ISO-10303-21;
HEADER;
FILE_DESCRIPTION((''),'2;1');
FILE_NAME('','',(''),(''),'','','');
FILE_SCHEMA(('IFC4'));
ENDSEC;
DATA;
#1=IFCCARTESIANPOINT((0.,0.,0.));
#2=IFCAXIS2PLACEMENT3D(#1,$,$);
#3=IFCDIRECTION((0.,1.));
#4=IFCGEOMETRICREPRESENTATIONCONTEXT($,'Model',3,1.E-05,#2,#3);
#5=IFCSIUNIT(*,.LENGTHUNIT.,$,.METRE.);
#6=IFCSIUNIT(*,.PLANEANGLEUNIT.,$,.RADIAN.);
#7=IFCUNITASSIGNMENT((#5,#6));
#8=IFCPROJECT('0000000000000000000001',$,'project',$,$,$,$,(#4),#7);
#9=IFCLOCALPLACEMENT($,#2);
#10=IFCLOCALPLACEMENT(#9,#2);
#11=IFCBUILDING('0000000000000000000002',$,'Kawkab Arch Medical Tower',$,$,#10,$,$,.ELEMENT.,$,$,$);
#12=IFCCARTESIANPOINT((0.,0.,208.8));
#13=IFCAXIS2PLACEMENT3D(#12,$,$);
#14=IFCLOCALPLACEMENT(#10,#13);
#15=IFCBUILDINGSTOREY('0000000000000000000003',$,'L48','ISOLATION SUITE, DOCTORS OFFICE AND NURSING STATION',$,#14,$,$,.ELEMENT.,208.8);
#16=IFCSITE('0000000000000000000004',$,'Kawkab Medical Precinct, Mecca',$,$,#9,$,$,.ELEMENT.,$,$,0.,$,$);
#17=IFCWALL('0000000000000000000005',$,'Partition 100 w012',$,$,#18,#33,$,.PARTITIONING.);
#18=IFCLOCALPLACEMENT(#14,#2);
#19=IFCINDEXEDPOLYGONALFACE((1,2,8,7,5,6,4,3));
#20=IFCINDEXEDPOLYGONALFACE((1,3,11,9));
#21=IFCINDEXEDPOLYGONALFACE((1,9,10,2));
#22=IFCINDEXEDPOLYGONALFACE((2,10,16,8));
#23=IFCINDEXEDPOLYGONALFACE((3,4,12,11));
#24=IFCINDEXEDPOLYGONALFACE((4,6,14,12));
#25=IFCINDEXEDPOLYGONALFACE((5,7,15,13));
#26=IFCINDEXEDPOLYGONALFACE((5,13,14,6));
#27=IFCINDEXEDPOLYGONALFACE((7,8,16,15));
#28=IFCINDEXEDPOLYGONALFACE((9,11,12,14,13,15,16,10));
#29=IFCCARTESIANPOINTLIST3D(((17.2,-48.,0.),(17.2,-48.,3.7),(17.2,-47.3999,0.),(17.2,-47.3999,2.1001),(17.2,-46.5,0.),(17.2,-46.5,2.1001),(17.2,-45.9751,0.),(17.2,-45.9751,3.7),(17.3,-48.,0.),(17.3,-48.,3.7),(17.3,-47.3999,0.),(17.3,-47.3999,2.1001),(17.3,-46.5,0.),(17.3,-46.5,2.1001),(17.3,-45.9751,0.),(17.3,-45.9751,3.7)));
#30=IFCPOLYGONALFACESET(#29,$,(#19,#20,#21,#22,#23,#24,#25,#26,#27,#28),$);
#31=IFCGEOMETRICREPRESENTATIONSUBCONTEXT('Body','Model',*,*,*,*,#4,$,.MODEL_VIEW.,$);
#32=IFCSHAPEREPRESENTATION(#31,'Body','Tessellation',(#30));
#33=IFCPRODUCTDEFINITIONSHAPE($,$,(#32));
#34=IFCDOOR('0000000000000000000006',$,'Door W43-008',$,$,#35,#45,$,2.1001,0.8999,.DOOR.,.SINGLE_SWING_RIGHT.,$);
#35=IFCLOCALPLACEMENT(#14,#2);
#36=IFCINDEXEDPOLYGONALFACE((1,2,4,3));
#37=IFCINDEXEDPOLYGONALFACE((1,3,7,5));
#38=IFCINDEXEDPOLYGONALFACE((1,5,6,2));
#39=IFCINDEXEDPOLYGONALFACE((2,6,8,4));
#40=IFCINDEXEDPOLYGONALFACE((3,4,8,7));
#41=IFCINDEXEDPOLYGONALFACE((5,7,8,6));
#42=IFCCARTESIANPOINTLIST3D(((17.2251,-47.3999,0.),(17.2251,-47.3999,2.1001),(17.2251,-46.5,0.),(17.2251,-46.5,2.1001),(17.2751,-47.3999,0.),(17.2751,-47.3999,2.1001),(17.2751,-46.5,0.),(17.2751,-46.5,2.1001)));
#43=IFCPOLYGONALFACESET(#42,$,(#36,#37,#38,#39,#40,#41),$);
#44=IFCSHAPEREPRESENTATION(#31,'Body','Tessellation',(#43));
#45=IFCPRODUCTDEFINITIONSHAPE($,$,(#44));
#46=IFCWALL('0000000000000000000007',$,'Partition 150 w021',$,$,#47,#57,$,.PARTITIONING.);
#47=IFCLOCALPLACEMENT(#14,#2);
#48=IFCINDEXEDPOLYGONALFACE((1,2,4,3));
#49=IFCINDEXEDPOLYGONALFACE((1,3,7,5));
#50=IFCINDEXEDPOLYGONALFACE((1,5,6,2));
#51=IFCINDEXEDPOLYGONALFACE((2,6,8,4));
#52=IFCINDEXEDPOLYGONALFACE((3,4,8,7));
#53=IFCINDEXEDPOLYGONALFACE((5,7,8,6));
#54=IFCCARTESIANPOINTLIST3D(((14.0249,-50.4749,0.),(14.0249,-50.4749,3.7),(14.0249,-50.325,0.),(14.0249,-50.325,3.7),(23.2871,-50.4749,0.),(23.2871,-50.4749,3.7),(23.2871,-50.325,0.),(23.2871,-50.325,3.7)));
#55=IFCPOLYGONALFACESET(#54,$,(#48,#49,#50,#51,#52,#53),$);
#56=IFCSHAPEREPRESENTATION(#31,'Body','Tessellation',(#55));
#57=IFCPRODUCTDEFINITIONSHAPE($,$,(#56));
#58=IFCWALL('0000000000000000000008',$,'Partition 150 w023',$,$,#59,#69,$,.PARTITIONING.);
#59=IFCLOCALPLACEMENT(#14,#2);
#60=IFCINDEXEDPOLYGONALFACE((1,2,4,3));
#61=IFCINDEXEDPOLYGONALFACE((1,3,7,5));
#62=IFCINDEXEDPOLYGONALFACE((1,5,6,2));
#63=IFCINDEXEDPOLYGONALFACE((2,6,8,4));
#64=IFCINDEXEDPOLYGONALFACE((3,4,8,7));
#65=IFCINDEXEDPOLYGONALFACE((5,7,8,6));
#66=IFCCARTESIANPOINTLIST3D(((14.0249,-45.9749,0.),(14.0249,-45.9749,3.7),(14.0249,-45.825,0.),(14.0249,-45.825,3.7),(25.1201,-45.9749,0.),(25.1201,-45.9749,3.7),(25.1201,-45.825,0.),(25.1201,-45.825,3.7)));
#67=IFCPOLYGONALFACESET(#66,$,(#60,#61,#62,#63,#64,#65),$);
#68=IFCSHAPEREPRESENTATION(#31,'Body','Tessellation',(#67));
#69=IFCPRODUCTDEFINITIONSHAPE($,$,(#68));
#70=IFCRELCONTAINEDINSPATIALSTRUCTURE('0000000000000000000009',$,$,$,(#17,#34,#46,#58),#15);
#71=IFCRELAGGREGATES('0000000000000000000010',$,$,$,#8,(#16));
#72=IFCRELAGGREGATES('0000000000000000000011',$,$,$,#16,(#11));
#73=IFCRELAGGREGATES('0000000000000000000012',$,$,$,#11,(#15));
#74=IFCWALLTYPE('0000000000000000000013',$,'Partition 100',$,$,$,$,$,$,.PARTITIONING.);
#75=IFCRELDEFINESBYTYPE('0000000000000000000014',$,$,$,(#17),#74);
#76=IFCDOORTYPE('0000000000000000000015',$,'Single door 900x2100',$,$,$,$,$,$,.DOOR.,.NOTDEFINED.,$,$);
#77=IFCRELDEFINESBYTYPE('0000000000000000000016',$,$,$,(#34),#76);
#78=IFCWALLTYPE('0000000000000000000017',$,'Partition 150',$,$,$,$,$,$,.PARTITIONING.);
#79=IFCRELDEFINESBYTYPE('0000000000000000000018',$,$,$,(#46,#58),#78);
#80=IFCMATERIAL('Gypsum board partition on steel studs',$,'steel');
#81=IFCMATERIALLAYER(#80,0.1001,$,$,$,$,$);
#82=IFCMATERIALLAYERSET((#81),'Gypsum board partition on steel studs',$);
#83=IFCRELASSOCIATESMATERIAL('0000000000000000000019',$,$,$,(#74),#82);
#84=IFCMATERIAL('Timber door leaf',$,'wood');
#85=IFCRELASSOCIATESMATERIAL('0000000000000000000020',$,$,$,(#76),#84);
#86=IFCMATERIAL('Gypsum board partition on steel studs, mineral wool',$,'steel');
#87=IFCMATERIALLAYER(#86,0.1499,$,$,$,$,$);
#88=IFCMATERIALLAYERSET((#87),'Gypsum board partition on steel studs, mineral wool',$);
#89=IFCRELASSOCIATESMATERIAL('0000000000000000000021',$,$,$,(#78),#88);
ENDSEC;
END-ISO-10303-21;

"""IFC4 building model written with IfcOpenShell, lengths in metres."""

from ifc_helpers import new_model, si_unit, direction, frame, frame_2d, origin, place, context, subcontext, project, spatial, rectangle, extrude, material, layer, layer_set, type_object, element, fill, save


model = new_model("IFC4")

# Units and contexts
model_context = context("Model", 3, precision=1e-05, world=origin(), true_north=direction((0.0, 1.0)))
body_context = subcontext(model_context, "Body", "Model", "MODEL_VIEW")
ifc_project = project(units=[si_unit("LENGTHUNIT", "METRE"), si_unit("PLANEANGLEUNIT", "RADIAN")], contexts=[model_context])

# Site, building, storey
site_placement = place(None, origin())
site = spatial("IfcSite", under=ifc_project, at=site_placement, Name="Kawkab Medical Precinct, Mecca", CompositionType="ELEMENT", RefElevation=0.0)
building_placement = place(site_placement, origin())
building = spatial("IfcBuilding", under=site, at=building_placement, Name="Kawkab Arch Medical Tower", CompositionType="ELEMENT")
storey_placement = place(building_placement, frame((0.0, 0.0, 208.8)))
storey = spatial("IfcBuildingStorey", under=building, at=storey_placement, Name="L48", Description="ISOLATION SUITE, DOCTORS OFFICE AND NURSING STATION", CompositionType="ELEMENT", Elevation=208.8)

# Shared definitions
ifc_material_1 = material(Name="Gypsum board partition on steel studs", Category="steel")
ifc_layer_1 = layer(ifc_material_1, 0.1001)
ifc_layer_set_1 = layer_set([ifc_layer_1], Name="Gypsum board partition on steel studs")
wall_type_1 = type_object("IfcWallType", Name="Partition 100", PredefinedType="PARTITIONING", material=ifc_layer_set_1)

# Wall, opening, door
ifc_material_2 = material(Name="Timber door leaf", Category="wood")
door_type_1 = type_object("IfcDoorType", Name="Single door 900x2100", OperationType="NOTDEFINED", PredefinedType="DOOR", material=ifc_material_2)
wall_1_placement = place(storey_placement, frame((17.25, -48.0, 0.0), z_axis=(0.0, 0.0, 1.0), x_axis=(0.0, 1.0, 0.0)))
wall_1 = element("IfcWall", 1, at=wall_1_placement, inside=storey, type_object=wall_type_1, Name="Partition 100 w012", PredefinedType="PARTITIONING", context=body_context, shape_type="SweptSolid", body=[
    extrude(rectangle(XDim=2.0249, YDim=0.1001, at=frame_2d((1.0125, 0.0))), origin(), (0.0, 0.0, 1.0), 3.7),
])
opening_1_placement = place(wall_1_placement, frame((0.6001, 0.0, 0.0)))
opening_1 = element("IfcOpeningElement", 2, at=opening_1_placement, cuts=wall_1, PredefinedType="OPENING", context=body_context, shape_type="SweptSolid", body=[
    extrude(rectangle(XDim=0.8999, YDim=2.1001, at=frame_2d((0.45, 1.05))), frame((0.0, 0.0601, 0.0), z_axis=(0.0, -1.0, 0.0), x_axis=(1.0, 0.0, 0.0)), (0.0, 0.0, 1.0), 0.1201),
])
door_1_placement = place(opening_1_placement, origin())
door_1 = element("IfcDoor", 3, at=door_1_placement, inside=storey, type_object=door_type_1, Name="Door W43-008", OperationType="SINGLE_SWING_RIGHT", OverallHeight=2.1001, OverallWidth=0.8999, PredefinedType="DOOR", context=body_context, shape_type="SweptSolid", body=[
    extrude(rectangle(XDim=0.8999, YDim=2.1001, at=frame_2d((0.45, 1.05))), frame((0.0, 0.0249, 0.0), z_axis=(0.0, -1.0, 0.0), x_axis=(1.0, 0.0, 0.0)), (0.0, 0.0, 1.0), 0.05),
])
fill(opening_1, door_1)

# Walls
ifc_material_3 = material(Name="Gypsum board partition on steel studs, mineral wool", Category="steel")
ifc_layer_2 = layer(ifc_material_3, 0.1499)
ifc_layer_set_2 = layer_set([ifc_layer_2], Name="Gypsum board partition on steel studs, mineral wool")
wall_type_2 = type_object("IfcWallType", Name="Partition 150", PredefinedType="PARTITIONING", material=ifc_layer_set_2)
wall_2_placement = place(storey_placement, frame((14.0249, -50.3999, 0.0), z_axis=(0.0, 0.0, 1.0), x_axis=(1.0, 0.0, 0.0)))
element("IfcWall", 4, at=wall_2_placement, inside=storey, type_object=wall_type_2, Name="Partition 150 w021", PredefinedType="PARTITIONING", context=body_context, shape_type="SweptSolid", body=[
    extrude(rectangle(XDim=9.2622, YDim=0.1499, at=frame_2d((4.6311, 0.0))), origin(), (0.0, 0.0, 1.0), 3.7),
])
wall_3_placement = place(storey_placement, frame((14.0249, -45.8999, 0.0), z_axis=(0.0, 0.0, 1.0), x_axis=(1.0, 0.0, 0.0)))
element("IfcWall", 5, at=wall_3_placement, inside=storey, type_object=wall_type_2, Name="Partition 150 w023", PredefinedType="PARTITIONING", context=body_context, shape_type="SweptSolid", body=[
    extrude(rectangle(XDim=11.0952, YDim=0.1499, at=frame_2d((5.5476, 0.0))), origin(), (0.0, 0.0, 1.0), 3.7),
])

save(model, "model.ifc")
